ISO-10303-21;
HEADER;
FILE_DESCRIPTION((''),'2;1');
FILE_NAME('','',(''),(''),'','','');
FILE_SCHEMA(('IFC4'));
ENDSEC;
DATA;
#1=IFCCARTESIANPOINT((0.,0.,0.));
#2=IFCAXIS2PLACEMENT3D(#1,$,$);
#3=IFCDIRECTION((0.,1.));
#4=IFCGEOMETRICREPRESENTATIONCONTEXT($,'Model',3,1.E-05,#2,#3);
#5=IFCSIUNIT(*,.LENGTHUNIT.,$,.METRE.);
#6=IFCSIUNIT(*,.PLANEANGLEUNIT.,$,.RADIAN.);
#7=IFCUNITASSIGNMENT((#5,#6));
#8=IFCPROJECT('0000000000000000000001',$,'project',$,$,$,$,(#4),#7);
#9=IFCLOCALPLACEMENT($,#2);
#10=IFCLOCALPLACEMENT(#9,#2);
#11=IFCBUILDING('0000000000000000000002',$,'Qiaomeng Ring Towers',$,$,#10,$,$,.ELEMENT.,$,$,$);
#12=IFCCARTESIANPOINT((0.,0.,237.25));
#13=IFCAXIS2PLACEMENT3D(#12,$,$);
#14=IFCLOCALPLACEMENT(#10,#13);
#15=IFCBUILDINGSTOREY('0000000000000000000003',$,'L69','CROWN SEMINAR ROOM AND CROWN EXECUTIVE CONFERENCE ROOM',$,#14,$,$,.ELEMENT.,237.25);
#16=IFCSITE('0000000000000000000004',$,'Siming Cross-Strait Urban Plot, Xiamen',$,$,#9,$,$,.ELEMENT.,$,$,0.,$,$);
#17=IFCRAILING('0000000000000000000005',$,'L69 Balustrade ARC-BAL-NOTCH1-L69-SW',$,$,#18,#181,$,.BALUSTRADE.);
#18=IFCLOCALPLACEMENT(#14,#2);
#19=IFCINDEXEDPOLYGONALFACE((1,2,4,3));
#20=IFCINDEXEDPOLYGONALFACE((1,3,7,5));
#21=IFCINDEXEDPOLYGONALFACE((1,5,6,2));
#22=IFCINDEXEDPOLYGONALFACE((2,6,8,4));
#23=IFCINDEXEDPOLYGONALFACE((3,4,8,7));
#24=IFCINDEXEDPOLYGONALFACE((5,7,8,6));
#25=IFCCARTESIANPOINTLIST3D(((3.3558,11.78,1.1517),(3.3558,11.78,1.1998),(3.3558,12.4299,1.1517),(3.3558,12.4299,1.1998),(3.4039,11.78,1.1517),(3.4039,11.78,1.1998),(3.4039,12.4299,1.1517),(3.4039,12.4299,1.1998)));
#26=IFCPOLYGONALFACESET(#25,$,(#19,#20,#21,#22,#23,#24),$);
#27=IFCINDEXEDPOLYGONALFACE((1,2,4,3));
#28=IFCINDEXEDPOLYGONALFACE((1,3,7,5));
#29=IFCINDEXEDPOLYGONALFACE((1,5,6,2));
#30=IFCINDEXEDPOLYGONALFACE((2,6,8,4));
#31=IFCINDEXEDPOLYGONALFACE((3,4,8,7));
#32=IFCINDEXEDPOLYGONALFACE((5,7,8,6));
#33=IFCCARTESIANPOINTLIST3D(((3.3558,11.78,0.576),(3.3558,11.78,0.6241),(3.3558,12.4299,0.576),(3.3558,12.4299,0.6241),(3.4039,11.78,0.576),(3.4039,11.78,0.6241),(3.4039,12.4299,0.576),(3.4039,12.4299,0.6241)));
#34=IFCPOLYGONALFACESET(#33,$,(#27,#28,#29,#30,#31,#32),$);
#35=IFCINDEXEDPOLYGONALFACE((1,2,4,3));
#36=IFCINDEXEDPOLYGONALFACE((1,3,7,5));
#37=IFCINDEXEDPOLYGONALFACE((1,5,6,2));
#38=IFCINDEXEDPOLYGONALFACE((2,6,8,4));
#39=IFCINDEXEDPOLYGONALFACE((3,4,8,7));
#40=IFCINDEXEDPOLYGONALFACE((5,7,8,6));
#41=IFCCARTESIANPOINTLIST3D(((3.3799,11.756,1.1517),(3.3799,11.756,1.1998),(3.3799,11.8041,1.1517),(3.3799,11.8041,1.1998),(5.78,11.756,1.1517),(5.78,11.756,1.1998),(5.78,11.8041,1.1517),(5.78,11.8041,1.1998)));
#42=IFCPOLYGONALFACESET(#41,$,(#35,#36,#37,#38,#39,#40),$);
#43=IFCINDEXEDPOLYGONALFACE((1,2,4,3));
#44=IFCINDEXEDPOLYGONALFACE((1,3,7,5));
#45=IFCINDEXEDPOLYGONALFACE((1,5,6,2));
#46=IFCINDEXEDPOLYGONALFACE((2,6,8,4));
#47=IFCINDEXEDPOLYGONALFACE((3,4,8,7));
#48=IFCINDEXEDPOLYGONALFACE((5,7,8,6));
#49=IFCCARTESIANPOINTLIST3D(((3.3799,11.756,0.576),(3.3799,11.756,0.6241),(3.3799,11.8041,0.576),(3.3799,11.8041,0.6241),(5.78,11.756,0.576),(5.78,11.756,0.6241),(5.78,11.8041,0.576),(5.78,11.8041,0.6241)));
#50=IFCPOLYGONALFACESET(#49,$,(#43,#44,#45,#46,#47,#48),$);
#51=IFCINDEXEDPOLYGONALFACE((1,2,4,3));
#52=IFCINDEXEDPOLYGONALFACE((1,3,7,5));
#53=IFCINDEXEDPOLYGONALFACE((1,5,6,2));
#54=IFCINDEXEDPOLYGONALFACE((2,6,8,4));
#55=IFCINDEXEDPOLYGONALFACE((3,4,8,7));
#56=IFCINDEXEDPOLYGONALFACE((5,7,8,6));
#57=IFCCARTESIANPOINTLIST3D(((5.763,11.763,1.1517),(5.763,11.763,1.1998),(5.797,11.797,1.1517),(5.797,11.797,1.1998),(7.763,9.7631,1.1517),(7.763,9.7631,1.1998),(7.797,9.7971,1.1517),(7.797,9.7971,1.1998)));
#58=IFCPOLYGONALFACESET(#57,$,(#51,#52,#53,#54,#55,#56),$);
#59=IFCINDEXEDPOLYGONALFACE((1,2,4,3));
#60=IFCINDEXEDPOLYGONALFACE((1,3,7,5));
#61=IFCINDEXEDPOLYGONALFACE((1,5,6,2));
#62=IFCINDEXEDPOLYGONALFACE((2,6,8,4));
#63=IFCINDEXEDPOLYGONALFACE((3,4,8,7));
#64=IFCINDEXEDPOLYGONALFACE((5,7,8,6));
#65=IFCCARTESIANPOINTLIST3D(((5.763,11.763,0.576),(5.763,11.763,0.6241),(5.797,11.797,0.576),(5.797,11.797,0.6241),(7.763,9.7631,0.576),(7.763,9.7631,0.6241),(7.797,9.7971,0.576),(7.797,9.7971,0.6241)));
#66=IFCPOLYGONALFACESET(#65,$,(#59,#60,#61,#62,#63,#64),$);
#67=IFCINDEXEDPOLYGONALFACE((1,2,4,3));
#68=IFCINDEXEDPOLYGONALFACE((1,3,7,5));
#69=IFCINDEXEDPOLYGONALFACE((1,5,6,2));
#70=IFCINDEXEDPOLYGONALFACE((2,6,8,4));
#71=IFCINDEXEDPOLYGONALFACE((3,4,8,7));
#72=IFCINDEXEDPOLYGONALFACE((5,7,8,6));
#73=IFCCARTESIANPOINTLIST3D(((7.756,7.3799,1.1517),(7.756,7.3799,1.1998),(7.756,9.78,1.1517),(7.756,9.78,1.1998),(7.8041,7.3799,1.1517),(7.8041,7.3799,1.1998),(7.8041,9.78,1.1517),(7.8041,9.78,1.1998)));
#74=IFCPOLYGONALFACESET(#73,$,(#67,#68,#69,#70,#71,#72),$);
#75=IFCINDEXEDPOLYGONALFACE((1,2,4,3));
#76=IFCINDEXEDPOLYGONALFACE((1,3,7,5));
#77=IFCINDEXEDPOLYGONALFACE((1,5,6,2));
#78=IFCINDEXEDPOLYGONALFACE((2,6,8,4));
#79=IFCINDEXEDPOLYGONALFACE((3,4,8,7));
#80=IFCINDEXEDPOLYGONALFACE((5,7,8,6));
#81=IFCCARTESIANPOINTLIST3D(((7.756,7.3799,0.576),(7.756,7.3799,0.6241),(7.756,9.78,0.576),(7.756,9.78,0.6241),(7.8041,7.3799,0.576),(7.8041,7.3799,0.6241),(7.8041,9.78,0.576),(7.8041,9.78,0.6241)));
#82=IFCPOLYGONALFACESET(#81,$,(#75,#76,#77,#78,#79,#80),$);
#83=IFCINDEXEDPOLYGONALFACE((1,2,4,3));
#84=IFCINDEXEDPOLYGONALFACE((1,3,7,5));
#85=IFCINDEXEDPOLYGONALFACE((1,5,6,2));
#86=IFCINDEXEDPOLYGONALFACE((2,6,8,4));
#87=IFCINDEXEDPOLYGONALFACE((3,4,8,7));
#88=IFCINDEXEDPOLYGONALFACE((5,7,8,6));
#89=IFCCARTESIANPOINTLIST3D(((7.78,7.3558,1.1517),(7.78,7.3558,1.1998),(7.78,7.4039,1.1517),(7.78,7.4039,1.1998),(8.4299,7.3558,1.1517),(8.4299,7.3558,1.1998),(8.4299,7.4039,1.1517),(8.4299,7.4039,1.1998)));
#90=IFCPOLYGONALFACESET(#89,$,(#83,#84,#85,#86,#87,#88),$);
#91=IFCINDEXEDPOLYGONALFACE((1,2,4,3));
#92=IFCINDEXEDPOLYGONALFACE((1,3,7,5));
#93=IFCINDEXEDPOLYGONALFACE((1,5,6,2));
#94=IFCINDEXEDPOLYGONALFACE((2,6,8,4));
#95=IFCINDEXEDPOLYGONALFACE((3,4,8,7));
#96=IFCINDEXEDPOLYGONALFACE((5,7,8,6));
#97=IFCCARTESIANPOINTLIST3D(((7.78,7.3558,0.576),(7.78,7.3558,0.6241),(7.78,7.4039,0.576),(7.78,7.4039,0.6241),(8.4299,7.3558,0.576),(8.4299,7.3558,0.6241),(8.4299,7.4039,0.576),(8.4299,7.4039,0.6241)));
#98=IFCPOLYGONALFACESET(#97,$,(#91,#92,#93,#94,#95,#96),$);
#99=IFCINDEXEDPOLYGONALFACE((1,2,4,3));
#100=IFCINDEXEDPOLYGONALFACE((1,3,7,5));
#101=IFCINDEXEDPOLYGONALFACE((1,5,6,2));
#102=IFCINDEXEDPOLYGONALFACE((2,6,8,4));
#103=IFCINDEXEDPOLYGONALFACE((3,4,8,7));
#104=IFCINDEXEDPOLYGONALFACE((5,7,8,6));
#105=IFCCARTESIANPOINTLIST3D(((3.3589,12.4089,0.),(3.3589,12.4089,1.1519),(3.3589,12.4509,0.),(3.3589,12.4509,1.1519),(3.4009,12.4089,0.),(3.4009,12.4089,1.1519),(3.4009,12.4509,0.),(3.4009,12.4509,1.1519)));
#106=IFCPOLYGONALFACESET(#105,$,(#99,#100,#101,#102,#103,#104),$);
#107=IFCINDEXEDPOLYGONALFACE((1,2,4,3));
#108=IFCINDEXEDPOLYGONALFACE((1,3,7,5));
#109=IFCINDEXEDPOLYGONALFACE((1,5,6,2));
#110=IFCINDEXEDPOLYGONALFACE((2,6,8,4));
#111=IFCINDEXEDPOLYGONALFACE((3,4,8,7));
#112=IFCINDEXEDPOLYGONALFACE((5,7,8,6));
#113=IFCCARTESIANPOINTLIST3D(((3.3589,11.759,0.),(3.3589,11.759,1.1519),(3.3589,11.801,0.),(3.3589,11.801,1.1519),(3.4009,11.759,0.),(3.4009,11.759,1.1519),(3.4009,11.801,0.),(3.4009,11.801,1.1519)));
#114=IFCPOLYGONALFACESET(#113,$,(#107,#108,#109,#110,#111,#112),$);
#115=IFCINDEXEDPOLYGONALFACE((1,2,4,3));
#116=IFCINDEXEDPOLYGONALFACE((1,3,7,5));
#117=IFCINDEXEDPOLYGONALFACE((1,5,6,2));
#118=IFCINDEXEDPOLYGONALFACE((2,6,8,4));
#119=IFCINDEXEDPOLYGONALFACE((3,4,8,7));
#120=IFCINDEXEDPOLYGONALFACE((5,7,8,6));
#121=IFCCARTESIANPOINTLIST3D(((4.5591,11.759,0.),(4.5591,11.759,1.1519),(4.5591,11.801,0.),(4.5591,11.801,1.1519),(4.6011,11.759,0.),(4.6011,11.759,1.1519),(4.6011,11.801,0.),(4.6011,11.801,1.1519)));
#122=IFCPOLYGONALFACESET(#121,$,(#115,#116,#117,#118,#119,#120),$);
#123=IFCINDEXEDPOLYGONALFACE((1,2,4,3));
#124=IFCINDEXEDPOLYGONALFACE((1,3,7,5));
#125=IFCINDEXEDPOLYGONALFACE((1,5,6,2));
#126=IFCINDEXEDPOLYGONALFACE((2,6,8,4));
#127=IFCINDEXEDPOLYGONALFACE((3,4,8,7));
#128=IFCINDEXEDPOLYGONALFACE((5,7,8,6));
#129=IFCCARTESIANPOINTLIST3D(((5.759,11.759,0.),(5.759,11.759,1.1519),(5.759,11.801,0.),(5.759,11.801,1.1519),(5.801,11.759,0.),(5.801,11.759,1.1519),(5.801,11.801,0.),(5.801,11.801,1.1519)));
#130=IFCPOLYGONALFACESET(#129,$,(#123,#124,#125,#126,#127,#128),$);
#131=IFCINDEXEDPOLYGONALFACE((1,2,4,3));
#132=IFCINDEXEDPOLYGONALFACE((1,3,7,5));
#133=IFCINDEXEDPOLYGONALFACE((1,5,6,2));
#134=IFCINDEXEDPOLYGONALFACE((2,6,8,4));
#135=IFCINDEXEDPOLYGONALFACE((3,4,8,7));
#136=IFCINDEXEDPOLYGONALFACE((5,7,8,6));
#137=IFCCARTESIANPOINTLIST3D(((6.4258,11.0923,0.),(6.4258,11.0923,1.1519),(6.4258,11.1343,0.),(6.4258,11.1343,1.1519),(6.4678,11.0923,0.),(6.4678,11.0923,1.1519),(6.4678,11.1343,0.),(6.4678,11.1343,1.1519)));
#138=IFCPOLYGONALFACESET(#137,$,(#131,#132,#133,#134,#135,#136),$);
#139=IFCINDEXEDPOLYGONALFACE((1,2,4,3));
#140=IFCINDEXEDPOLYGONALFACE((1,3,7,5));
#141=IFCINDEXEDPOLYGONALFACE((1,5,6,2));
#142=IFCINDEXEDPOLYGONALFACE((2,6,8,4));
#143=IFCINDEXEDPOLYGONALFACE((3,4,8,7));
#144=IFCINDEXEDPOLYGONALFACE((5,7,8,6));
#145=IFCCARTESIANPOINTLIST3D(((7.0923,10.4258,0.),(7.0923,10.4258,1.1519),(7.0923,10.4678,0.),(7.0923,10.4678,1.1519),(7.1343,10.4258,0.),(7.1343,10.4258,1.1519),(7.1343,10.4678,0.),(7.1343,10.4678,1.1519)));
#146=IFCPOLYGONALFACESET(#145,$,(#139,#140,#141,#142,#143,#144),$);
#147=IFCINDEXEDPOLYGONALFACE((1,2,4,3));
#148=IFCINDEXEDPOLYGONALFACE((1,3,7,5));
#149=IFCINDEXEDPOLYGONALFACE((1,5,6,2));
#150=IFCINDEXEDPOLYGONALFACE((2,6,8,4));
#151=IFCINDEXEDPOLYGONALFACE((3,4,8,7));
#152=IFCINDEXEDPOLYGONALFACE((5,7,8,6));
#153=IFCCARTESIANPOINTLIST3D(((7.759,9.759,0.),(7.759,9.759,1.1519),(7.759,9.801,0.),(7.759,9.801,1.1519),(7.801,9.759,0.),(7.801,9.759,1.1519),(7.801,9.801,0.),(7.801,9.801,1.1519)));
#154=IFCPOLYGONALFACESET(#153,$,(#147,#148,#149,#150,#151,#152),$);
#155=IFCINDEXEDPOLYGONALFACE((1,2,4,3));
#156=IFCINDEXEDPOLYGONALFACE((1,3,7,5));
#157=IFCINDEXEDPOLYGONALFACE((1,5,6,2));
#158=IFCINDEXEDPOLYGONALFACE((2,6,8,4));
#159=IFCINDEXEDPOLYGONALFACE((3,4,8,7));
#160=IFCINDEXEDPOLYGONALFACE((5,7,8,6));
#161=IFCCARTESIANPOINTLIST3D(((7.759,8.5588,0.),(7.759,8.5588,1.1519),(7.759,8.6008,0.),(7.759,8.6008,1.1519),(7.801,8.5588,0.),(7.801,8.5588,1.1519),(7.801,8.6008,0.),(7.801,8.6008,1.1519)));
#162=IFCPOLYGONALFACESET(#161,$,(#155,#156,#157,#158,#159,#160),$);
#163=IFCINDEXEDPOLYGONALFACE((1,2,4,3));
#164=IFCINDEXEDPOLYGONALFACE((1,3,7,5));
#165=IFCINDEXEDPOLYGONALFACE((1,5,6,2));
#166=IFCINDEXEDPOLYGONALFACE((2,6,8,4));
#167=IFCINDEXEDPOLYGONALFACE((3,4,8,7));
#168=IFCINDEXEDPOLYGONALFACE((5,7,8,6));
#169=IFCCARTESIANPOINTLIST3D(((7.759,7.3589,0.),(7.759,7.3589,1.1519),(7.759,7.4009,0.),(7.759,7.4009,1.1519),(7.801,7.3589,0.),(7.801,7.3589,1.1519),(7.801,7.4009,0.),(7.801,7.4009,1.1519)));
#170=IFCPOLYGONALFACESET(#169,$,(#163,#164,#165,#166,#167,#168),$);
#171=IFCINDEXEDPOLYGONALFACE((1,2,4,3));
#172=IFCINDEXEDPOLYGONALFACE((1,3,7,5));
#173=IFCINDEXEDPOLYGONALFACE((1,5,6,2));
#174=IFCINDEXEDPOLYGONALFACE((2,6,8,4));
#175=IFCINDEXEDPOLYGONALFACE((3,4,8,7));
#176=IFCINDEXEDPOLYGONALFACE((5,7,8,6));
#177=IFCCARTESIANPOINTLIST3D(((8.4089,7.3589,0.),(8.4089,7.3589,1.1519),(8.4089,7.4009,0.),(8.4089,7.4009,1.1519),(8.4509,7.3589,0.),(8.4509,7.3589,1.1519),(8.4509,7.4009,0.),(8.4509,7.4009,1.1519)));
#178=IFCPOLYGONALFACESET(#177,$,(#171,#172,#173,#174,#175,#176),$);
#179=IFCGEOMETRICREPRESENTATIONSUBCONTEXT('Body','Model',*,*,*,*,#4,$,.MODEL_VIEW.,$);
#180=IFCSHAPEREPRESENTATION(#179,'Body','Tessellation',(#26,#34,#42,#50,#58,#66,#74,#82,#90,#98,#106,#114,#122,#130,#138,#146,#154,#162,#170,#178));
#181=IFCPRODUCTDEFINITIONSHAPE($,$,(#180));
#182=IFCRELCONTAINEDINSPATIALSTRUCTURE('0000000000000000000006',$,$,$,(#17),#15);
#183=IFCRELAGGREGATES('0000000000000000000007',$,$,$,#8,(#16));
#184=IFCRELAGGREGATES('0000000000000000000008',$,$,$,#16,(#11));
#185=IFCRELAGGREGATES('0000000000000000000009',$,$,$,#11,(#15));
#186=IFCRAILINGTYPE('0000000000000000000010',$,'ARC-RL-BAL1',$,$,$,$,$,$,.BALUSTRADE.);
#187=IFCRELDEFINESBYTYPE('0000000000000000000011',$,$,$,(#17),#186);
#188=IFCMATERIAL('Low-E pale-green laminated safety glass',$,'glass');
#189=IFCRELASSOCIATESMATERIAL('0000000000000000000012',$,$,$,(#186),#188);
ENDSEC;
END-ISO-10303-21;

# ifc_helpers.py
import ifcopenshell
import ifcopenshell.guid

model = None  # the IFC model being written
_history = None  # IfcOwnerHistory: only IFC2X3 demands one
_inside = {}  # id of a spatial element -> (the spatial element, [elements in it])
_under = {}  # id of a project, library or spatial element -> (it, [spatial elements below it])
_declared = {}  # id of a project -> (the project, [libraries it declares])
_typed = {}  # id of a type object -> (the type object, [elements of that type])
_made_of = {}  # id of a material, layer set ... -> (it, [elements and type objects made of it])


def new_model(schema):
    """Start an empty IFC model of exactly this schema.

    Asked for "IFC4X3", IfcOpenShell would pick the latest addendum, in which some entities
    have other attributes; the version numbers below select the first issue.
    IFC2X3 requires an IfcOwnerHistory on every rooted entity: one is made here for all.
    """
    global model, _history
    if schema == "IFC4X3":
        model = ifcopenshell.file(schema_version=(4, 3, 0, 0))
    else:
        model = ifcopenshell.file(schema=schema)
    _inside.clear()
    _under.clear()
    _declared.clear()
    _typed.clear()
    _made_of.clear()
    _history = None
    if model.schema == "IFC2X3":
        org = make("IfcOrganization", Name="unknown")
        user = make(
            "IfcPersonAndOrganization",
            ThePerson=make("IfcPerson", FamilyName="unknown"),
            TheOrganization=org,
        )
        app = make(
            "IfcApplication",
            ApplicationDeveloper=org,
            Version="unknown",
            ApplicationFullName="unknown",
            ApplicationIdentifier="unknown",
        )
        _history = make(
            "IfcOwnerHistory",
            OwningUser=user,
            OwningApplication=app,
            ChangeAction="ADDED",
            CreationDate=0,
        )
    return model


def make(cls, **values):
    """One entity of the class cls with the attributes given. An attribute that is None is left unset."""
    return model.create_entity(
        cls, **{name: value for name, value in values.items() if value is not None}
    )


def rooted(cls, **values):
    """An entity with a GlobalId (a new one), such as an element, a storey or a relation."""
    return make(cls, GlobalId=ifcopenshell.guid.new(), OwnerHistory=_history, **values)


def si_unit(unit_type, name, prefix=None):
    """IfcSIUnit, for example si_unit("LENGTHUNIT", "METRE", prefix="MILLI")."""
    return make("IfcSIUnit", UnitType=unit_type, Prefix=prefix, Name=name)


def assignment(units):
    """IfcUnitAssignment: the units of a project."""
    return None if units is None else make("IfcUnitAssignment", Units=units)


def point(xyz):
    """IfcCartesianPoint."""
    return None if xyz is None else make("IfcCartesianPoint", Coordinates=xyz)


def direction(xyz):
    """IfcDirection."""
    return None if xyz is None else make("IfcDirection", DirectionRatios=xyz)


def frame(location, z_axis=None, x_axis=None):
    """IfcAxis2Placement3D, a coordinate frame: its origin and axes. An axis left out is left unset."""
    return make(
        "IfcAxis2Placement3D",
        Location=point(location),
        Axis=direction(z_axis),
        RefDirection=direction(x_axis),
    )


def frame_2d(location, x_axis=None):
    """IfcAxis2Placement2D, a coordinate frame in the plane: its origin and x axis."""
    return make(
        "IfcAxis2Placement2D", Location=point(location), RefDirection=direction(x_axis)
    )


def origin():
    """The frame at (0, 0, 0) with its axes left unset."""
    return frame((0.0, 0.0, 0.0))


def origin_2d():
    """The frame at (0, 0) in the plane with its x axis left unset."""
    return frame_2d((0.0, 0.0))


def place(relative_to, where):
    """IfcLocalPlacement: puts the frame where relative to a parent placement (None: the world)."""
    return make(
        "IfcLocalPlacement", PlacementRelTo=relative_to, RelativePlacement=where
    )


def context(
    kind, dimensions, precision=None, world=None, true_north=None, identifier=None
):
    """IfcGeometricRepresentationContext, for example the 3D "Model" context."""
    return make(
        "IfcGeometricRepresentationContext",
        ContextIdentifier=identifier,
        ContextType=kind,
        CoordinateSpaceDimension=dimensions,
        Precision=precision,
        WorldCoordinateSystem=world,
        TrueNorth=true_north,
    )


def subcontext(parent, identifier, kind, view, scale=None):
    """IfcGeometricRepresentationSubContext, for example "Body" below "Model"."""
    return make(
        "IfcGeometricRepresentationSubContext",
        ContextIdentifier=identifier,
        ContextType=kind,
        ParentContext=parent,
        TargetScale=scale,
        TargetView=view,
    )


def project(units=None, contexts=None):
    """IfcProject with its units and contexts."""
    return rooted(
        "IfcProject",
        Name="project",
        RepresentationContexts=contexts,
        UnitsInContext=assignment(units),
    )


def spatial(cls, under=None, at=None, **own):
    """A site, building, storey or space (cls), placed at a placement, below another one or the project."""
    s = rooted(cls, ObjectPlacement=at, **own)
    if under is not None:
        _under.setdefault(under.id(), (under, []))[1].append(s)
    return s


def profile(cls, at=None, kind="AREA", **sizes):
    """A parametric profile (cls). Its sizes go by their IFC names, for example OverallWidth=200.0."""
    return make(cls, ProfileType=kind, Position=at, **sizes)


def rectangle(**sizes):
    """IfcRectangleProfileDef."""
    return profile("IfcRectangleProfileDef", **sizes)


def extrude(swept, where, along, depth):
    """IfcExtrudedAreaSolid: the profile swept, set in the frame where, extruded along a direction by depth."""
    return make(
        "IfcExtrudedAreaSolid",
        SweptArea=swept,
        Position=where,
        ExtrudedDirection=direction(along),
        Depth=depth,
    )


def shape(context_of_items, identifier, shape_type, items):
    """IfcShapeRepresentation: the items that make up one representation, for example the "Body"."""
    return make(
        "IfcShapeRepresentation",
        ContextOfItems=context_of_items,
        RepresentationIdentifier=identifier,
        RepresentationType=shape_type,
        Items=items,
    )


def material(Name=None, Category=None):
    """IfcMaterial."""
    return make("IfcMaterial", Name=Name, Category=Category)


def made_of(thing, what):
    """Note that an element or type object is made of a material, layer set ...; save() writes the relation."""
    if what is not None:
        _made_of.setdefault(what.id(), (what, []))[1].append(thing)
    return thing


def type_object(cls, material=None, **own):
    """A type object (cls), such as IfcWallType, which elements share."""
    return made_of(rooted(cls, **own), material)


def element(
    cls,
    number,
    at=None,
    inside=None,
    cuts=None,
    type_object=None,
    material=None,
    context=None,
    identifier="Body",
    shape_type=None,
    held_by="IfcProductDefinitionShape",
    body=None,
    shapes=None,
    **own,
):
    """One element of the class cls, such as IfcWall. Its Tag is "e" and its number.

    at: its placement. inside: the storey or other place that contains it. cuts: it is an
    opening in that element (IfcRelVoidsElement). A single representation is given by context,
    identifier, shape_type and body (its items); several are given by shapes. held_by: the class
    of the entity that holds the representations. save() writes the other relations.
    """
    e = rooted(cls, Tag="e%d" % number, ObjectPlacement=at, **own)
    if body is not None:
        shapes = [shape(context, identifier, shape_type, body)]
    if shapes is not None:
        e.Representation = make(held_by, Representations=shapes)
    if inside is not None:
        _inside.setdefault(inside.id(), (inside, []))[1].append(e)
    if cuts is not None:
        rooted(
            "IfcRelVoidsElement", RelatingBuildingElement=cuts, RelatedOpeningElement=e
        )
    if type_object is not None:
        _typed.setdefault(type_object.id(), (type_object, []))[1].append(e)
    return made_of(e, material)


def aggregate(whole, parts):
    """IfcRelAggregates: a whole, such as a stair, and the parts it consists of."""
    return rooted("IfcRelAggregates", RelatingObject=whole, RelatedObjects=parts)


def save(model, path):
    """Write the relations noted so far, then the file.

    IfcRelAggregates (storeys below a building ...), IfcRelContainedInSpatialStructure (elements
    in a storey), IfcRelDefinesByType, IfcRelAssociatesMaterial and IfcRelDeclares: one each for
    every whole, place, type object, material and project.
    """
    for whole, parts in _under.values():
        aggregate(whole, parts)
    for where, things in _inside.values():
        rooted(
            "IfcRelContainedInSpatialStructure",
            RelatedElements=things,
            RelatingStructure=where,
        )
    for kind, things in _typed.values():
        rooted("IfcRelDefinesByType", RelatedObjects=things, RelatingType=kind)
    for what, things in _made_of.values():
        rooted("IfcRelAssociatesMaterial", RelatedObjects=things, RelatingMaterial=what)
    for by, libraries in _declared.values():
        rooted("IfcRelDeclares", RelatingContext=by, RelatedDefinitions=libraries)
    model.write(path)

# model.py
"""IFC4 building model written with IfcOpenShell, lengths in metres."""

from ifc_helpers import new_model, si_unit, direction, frame, origin, origin_2d, place, context, subcontext, project, spatial, rectangle, extrude, material, type_object, element, save


model = new_model("IFC4")

# Units and contexts
model_context = context("Model", 3, precision=1e-05, world=origin(), true_north=direction((0.0, 1.0)))
body_context = subcontext(model_context, "Body", "Model", "MODEL_VIEW")
ifc_project = project(units=[si_unit("LENGTHUNIT", "METRE"), si_unit("PLANEANGLEUNIT", "RADIAN")], contexts=[model_context])

# Site, building, storey
site_placement = place(None, origin())
site = spatial("IfcSite", under=ifc_project, at=site_placement, Name="Siming Cross-Strait Urban Plot, Xiamen", CompositionType="ELEMENT", RefElevation=0.0)
building_placement = place(site_placement, origin())
building = spatial("IfcBuilding", under=site, at=building_placement, Name="Qiaomeng Ring Towers", CompositionType="ELEMENT")
storey_placement = place(building_placement, frame((0.0, 0.0, 237.25)))
storey = spatial("IfcBuildingStorey", under=building, at=storey_placement, Name="L69", Description="CROWN SEMINAR ROOM AND CROWN EXECUTIVE CONFERENCE ROOM", CompositionType="ELEMENT", Elevation=237.25)

# Railing
ifc_material_1 = material(Name="Low-E pale-green laminated safety glass", Category="glass")
railing_type = type_object("IfcRailingType", Name="ARC-RL-BAL1", PredefinedType="BALUSTRADE", material=ifc_material_1)
railing_1_placement = place(storey_placement, frame((3.3799, 12.4299, 0.0)))
element("IfcRailing", 1, at=railing_1_placement, inside=storey, type_object=railing_type, Name="L69 Balustrade ARC-BAL-NOTCH1-L69-SW", PredefinedType="BALUSTRADE", context=body_context, shape_type="SweptSolid", body=[
    extrude(rectangle(XDim=0.0481, YDim=0.0481, at=origin_2d()), frame((0.0, 0.0, 1.1758), z_axis=(0.0, -1.0, 0.0), x_axis=(1.0, 0.0, 0.0)), (0.0, 0.0, 1.0), 0.6499),
    extrude(rectangle(XDim=0.0481, YDim=0.0481, at=origin_2d()), frame((0.0, 0.0, 0.6001), z_axis=(0.0, -1.0, 0.0), x_axis=(1.0, 0.0, 0.0)), (0.0, 0.0, 1.0), 0.6499),
    extrude(rectangle(XDim=0.0481, YDim=0.0481, at=origin_2d()), frame((0.0, -0.6499, 1.1758), z_axis=(1.0, 0.0, 0.0), x_axis=(0.0, 1.0, 0.0)), (0.0, 0.0, 1.0), 2.4001),
    extrude(rectangle(XDim=0.0481, YDim=0.0481, at=origin_2d()), frame((0.0, -0.6499, 0.6001), z_axis=(1.0, 0.0, 0.0), x_axis=(0.0, 1.0, 0.0)), (0.0, 0.0, 1.0), 2.4001),
    extrude(rectangle(XDim=0.0481, YDim=0.0481, at=origin_2d()), frame((2.4001, -0.6499, 1.1758), z_axis=(0.707107, -0.707107, 0.0), x_axis=(0.707107, 0.707107, 0.0)), (0.0, 0.0, 1.0), 2.8284),
    extrude(rectangle(XDim=0.0481, YDim=0.0481, at=origin_2d()), frame((2.4001, -0.6499, 0.6001), z_axis=(0.707107, -0.707107, 0.0), x_axis=(0.707107, 0.707107, 0.0)), (0.0, 0.0, 1.0), 2.8284),
    extrude(rectangle(XDim=0.0481, YDim=0.0481, at=origin_2d()), frame((4.4001, -2.6499, 1.1758), z_axis=(0.0, -1.0, 0.0), x_axis=(1.0, 0.0, 0.0)), (0.0, 0.0, 1.0), 2.4001),
    extrude(rectangle(XDim=0.0481, YDim=0.0481, at=origin_2d()), frame((4.4001, -2.6499, 0.6001), z_axis=(0.0, -1.0, 0.0), x_axis=(1.0, 0.0, 0.0)), (0.0, 0.0, 1.0), 2.4001),
    extrude(rectangle(XDim=0.0481, YDim=0.0481, at=origin_2d()), frame((4.4001, -5.05, 1.1758), z_axis=(1.0, 0.0, 0.0), x_axis=(0.0, 1.0, 0.0)), (0.0, 0.0, 1.0), 0.6499),
    extrude(rectangle(XDim=0.0481, YDim=0.0481, at=origin_2d()), frame((4.4001, -5.05, 0.6001), z_axis=(1.0, 0.0, 0.0), x_axis=(0.0, 1.0, 0.0)), (0.0, 0.0, 1.0), 0.6499),
    extrude(rectangle(XDim=0.042, YDim=0.042, at=origin_2d()), origin(), (0.0, 0.0, 1.0), 1.1519),
    extrude(rectangle(XDim=0.042, YDim=0.042, at=origin_2d()), frame((0.0, -0.6499, 0.0)), (0.0, 0.0, 1.0), 1.1519),
    extrude(rectangle(XDim=0.042, YDim=0.042, at=origin_2d()), frame((1.2002, -0.6499, 0.0)), (0.0, 0.0, 1.0), 1.1519),
    extrude(rectangle(XDim=0.042, YDim=0.042, at=origin_2d()), frame((2.4001, -0.6499, 0.0)), (0.0, 0.0, 1.0), 1.1519),
    extrude(rectangle(XDim=0.042, YDim=0.042, at=origin_2d()), frame((3.0669, -1.3167, 0.0)), (0.0, 0.0, 1.0), 1.1519),
    extrude(rectangle(XDim=0.042, YDim=0.042, at=origin_2d()), frame((3.7334, -1.9832, 0.0)), (0.0, 0.0, 1.0), 1.1519),
    extrude(rectangle(XDim=0.042, YDim=0.042, at=origin_2d()), frame((4.4001, -2.6499, 0.0)), (0.0, 0.0, 1.0), 1.1519),
    extrude(rectangle(XDim=0.042, YDim=0.042, at=origin_2d()), frame((4.4001, -3.8501, 0.0)), (0.0, 0.0, 1.0), 1.1519),
    extrude(rectangle(XDim=0.042, YDim=0.042, at=origin_2d()), frame((4.4001, -5.05, 0.0)), (0.0, 0.0, 1.0), 1.1519),
    extrude(rectangle(XDim=0.042, YDim=0.042, at=origin_2d()), frame((5.05, -5.05, 0.0)), (0.0, 0.0, 1.0), 1.1519),
])

save(model, "model.ifc")
